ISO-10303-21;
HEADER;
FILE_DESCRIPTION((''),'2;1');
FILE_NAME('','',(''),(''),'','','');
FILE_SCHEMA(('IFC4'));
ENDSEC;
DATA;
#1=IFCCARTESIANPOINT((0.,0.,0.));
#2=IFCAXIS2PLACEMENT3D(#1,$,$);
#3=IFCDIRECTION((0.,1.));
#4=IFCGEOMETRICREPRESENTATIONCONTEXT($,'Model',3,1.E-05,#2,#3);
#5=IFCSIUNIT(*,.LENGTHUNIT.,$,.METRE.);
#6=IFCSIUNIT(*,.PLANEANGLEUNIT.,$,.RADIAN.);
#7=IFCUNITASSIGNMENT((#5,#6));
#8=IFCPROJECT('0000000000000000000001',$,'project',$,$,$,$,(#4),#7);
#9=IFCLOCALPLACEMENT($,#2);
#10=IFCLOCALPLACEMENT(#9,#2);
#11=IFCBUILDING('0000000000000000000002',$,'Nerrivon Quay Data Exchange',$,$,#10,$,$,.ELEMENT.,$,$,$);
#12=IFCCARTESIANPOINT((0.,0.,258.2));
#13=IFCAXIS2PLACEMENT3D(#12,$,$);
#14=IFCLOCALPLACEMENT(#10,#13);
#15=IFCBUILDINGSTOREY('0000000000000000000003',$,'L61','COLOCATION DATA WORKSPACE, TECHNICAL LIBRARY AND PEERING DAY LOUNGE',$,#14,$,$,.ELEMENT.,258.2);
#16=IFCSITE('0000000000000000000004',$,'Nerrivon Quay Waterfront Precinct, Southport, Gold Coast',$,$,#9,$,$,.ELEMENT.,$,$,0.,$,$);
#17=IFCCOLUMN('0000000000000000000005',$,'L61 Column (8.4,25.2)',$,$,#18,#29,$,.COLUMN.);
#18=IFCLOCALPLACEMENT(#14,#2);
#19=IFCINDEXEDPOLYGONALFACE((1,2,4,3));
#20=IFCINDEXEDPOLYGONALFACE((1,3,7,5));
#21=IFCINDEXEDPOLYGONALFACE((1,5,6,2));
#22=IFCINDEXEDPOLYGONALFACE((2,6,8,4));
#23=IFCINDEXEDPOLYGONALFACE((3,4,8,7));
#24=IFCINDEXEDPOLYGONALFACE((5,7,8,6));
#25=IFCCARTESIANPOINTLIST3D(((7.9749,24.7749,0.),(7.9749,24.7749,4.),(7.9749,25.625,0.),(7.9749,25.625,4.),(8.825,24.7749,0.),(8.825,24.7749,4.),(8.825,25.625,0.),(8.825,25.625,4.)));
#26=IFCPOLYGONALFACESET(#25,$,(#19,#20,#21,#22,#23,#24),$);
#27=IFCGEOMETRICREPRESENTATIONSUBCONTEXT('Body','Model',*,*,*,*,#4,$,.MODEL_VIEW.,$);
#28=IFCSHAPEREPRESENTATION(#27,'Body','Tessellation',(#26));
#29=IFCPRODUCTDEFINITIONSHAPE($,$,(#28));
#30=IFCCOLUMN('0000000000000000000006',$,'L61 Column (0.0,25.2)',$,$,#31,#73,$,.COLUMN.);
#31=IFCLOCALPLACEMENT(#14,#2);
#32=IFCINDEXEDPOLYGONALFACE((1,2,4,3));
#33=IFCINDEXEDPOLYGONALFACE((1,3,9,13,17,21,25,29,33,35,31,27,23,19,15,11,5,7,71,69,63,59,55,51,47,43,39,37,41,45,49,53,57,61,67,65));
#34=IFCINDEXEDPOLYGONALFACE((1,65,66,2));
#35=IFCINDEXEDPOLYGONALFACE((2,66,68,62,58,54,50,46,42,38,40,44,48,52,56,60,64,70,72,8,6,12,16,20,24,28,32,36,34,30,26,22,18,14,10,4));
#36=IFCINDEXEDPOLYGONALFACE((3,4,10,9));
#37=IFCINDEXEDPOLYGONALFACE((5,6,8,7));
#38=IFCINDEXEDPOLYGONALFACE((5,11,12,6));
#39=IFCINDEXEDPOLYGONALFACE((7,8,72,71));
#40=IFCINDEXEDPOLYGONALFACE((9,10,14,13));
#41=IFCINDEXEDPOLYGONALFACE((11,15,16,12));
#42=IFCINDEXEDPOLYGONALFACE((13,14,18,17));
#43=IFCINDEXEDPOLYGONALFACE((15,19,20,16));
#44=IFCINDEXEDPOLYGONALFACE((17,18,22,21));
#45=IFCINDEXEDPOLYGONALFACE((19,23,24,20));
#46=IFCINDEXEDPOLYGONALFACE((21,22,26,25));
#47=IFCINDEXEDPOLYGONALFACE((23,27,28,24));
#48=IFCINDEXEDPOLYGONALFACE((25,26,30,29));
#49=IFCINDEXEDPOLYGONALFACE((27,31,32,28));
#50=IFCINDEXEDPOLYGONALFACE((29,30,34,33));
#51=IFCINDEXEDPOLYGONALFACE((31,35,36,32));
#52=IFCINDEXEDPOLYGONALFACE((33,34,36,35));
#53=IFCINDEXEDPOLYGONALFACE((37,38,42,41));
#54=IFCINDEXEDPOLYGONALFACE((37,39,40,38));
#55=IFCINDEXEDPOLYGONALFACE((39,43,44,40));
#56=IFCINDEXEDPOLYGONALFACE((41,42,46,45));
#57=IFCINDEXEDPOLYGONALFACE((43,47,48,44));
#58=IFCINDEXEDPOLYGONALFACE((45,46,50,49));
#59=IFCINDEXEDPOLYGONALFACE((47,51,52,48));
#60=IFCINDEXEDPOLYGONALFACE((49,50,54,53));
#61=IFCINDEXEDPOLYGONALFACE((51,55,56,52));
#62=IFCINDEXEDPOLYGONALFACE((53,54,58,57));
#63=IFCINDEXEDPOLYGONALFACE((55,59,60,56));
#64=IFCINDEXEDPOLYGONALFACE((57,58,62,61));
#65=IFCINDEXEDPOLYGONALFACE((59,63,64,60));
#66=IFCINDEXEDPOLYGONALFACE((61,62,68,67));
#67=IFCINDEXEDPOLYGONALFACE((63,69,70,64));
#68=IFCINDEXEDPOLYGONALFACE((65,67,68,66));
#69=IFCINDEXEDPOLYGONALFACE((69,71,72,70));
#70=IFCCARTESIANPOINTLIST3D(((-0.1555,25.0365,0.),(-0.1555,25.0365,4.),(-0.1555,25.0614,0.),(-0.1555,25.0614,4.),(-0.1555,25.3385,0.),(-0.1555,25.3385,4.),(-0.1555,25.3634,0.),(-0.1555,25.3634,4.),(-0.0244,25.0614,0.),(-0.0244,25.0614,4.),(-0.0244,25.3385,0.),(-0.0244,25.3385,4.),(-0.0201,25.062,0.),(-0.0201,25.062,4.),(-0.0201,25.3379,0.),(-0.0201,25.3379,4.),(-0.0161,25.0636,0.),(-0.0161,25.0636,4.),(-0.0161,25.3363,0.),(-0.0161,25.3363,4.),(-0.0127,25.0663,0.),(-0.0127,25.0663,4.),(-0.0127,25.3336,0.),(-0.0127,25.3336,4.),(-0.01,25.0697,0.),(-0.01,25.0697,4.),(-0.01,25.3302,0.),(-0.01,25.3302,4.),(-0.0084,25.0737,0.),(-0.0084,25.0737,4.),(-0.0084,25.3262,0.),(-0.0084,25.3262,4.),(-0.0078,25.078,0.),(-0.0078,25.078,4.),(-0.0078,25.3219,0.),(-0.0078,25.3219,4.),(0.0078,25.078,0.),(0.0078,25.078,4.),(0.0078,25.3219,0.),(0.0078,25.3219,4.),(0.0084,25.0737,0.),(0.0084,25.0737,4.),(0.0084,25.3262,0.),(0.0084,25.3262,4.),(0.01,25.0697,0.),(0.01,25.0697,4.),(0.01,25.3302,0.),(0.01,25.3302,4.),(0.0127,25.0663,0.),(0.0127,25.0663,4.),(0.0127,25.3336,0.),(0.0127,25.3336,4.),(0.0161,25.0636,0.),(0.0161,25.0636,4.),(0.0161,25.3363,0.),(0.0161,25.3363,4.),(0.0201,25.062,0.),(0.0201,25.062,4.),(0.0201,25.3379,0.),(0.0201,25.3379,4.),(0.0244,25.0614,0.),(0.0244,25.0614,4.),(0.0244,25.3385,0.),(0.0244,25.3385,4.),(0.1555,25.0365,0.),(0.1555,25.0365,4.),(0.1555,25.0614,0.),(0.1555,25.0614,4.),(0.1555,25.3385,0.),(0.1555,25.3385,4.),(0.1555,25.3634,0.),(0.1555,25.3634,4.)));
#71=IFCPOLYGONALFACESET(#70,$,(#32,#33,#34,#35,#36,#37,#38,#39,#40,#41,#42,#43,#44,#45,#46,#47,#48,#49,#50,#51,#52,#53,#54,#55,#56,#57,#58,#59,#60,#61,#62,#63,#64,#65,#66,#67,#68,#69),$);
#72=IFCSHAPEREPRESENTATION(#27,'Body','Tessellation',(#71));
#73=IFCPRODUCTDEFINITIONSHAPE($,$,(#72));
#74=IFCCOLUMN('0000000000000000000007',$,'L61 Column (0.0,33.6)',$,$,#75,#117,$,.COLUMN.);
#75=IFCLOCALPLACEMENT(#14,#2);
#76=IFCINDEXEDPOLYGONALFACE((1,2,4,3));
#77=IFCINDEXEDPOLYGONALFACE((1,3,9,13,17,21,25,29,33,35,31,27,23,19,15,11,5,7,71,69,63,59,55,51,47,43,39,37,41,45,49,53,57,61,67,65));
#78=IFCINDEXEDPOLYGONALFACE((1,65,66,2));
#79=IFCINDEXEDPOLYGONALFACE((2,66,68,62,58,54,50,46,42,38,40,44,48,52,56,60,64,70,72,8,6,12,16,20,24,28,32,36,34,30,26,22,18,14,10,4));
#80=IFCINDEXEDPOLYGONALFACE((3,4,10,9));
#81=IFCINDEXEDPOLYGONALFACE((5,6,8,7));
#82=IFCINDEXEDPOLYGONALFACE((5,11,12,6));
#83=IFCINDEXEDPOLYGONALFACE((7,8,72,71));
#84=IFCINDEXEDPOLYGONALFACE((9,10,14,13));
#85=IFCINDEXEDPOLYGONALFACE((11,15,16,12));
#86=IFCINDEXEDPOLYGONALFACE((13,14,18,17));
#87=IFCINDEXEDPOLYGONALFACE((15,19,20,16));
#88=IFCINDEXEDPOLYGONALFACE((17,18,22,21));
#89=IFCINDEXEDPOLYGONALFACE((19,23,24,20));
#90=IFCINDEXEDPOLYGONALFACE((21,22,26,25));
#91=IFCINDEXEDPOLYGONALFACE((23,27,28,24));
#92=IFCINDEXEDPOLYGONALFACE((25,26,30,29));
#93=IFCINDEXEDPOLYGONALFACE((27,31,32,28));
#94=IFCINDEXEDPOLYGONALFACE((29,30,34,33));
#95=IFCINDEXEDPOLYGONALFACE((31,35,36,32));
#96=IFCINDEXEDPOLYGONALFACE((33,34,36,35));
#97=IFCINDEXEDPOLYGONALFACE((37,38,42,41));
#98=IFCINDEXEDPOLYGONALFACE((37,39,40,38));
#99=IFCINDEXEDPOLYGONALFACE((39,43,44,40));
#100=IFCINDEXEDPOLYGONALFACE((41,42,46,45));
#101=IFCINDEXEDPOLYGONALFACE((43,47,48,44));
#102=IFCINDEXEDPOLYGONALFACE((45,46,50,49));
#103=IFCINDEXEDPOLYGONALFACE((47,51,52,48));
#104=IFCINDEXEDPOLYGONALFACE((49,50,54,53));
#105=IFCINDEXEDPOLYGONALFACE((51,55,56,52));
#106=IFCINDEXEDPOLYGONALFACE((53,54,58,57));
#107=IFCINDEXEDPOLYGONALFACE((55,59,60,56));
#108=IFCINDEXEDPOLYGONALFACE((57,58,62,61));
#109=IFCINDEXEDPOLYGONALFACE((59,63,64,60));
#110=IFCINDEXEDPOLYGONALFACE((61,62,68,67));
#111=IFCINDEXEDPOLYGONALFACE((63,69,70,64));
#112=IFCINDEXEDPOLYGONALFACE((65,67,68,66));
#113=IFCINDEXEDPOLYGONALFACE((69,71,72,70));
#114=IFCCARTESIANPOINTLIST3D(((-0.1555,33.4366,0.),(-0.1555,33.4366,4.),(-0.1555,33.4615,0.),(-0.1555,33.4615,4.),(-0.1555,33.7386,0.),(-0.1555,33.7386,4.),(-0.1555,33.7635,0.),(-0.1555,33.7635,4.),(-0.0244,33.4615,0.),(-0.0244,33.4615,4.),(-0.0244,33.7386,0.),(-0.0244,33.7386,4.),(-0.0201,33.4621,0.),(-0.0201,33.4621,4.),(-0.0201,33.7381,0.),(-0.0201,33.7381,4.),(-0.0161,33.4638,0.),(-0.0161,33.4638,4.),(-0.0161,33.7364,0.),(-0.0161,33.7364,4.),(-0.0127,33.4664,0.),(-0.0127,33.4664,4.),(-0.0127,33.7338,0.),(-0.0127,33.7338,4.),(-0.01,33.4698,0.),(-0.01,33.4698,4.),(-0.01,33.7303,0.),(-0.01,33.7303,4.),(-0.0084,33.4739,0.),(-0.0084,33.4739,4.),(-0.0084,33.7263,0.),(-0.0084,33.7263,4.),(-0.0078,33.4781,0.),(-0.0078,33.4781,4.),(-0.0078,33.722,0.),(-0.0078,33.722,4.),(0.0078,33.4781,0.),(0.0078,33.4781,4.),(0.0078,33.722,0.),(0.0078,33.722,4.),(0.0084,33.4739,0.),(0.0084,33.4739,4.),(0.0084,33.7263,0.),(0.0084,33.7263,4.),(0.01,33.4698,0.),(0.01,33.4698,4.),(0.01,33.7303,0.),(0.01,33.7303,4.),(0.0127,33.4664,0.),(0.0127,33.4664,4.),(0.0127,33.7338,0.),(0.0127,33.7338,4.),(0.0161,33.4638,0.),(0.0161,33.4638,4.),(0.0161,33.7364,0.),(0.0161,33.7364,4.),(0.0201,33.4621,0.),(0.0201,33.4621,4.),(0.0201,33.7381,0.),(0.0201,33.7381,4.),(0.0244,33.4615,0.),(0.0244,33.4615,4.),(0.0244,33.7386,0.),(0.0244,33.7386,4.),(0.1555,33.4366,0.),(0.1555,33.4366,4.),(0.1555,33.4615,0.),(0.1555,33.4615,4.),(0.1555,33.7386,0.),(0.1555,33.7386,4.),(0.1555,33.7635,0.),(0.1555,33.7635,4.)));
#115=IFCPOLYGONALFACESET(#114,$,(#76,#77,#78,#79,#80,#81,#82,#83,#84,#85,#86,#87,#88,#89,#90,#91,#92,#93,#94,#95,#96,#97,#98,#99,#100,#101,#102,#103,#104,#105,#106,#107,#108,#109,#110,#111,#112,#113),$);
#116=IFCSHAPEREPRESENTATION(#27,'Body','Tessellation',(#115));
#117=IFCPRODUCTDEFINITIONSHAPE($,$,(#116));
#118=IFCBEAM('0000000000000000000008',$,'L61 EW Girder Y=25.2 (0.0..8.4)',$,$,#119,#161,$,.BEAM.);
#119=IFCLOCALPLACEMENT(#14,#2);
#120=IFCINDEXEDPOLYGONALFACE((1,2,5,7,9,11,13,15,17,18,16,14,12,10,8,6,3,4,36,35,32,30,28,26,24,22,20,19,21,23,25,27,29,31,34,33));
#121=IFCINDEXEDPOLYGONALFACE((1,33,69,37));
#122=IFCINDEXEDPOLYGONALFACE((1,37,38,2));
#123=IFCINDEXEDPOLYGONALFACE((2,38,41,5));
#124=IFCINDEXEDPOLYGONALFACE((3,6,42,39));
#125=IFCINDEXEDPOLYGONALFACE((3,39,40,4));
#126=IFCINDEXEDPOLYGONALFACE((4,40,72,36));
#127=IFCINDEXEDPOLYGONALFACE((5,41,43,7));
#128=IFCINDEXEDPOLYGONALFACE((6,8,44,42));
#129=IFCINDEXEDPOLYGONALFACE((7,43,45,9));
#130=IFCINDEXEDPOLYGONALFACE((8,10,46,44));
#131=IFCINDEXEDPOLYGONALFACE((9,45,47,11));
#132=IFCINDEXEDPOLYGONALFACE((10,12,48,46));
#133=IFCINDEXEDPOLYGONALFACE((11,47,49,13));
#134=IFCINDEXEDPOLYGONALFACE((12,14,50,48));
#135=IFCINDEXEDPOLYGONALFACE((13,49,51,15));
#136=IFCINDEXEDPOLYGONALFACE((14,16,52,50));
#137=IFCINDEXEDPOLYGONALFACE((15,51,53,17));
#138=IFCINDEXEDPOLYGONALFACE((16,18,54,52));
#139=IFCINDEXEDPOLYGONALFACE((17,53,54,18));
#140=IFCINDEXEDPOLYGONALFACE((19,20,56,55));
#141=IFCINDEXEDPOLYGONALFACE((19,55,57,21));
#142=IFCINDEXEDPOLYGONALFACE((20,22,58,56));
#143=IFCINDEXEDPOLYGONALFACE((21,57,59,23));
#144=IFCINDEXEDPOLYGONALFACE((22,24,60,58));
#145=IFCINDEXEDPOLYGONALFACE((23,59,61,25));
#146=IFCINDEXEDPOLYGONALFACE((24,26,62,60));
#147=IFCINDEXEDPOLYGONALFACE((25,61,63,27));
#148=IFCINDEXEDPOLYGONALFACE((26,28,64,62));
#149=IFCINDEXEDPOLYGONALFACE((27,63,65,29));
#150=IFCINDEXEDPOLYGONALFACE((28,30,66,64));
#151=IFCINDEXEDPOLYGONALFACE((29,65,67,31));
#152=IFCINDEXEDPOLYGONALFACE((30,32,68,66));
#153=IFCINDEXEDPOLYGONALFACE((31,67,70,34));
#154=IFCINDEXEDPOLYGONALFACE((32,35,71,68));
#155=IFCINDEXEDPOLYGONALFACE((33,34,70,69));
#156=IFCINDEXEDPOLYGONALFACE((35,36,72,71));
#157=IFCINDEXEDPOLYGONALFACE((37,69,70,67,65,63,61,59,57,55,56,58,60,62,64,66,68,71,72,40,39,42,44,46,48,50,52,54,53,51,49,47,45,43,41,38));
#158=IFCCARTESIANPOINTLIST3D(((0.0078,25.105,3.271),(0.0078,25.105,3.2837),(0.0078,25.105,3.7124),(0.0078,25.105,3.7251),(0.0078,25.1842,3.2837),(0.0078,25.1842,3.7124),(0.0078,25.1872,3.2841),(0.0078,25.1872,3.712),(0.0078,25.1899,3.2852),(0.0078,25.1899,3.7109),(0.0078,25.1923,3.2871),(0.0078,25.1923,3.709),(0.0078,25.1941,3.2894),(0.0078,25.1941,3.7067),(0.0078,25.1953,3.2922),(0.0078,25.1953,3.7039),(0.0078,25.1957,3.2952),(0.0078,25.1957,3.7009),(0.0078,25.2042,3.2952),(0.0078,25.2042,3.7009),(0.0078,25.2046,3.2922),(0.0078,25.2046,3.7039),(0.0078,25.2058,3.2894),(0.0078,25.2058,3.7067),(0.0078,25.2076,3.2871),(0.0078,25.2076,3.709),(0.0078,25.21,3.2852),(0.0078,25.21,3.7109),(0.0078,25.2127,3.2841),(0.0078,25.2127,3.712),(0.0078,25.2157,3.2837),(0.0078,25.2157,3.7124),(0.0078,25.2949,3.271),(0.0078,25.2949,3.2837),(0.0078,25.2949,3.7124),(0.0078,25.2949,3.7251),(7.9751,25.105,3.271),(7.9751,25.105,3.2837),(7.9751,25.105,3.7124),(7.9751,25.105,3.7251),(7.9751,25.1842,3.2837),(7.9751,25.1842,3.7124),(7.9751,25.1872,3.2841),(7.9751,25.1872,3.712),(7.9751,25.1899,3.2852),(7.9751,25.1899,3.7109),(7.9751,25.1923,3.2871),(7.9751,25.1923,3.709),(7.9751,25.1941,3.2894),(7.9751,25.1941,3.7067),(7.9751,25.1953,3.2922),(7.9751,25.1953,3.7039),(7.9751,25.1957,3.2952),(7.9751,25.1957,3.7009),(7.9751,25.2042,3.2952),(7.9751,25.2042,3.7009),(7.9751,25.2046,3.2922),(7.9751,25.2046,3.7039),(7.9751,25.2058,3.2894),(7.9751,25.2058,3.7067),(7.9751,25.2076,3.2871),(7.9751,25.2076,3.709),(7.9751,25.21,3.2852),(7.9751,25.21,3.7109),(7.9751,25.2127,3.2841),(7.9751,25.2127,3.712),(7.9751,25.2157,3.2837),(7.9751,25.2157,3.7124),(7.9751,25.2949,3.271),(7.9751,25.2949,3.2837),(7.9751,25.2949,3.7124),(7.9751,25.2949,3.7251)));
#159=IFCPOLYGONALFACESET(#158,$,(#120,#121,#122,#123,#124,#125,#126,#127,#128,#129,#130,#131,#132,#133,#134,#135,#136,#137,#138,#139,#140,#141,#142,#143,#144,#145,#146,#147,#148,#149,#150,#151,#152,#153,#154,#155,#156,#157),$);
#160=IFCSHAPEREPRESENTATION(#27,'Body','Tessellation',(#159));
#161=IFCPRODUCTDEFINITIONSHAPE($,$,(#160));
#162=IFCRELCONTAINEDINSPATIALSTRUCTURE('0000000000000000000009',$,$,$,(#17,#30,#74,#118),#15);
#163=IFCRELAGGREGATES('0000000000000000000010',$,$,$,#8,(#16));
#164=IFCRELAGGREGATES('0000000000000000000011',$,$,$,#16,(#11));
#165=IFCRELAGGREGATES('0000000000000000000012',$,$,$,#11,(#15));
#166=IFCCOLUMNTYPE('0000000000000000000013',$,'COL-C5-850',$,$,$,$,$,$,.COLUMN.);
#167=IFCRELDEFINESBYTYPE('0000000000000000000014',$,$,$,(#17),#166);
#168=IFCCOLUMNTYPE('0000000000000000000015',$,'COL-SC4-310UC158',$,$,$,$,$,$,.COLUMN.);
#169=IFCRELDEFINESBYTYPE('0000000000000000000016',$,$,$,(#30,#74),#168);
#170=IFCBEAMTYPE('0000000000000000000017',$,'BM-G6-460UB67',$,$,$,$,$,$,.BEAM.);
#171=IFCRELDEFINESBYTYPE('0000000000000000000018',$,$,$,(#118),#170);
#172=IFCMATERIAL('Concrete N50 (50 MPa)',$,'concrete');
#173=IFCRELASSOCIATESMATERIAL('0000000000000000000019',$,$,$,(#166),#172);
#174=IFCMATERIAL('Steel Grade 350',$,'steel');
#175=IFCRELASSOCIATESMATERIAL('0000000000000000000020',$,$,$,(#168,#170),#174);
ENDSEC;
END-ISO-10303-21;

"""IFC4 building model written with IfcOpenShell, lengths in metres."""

from ifc_helpers import new_model, si_unit, direction, frame, origin, origin_2d, place, context, subcontext, project, spatial, rectangle, i_section, extrude, material, material_profile, profile_set, type_object, element, save


model = new_model("IFC4")

# Units and contexts
model_context = context("Model", 3, precision=1e-05, world=origin(), true_north=direction((0.0, 1.0)))
body_context = subcontext(model_context, "Body", "Model", "MODEL_VIEW")
ifc_project = project(units=[si_unit("LENGTHUNIT", "METRE"), si_unit("PLANEANGLEUNIT", "RADIAN")], contexts=[model_context])

# Site, building, storey
site_placement = place(None, origin())
site = spatial("IfcSite", under=ifc_project, at=site_placement, Name="Nerrivon Quay Waterfront Precinct, Southport, Gold Coast", CompositionType="ELEMENT", RefElevation=0.0)
building_placement = place(site_placement, origin())
building = spatial("IfcBuilding", under=site, at=building_placement, Name="Nerrivon Quay Data Exchange", CompositionType="ELEMENT")
storey_placement = place(building_placement, frame((0.0, 0.0, 258.2)))
storey = spatial("IfcBuildingStorey", under=building, at=storey_placement, Name="L61", Description="COLOCATION DATA WORKSPACE, TECHNICAL LIBRARY AND PEERING DAY LOUNGE", CompositionType="ELEMENT", Elevation=258.2)

# Columns
ifc_material_1 = material(Name="Concrete N50 (50 MPa)", Category="concrete")
ifc_material_profile_1 = material_profile(ifc_material_1, rectangle(XDim=0.8501, YDim=0.8501, at=origin_2d()), Name="RC-COL-850x850")
ifc_profile_set_1 = profile_set([ifc_material_profile_1], Name="Concrete N50 (50 MPa)")
column_type_1 = type_object("IfcColumnType", Name="COL-C5-850", PredefinedType="COLUMN", material=ifc_profile_set_1)
column_placement = place(storey_placement, frame((8.3999, 25.2, 0.0), z_axis=(0.0, 0.0, 1.0), x_axis=(1.0, 0.0, 0.0)))
element("IfcColumn", 1, at=column_placement, inside=storey, type_object=column_type_1, Name="L61 Column (8.4,25.2)", PredefinedType="COLUMN", context=body_context, shape_type="SweptSolid", body=[
    extrude(rectangle(XDim=0.8501, YDim=0.8501, at=origin_2d()), origin(), (0.0, 0.0, 1.0), 4.0),
])
ifc_material_2 = material(Name="Steel Grade 350", Category="steel")
ifc_material_profile_2 = material_profile(ifc_material_2, i_section(OverallWidth=0.311, OverallDepth=0.3269, WebThickness=0.0156, FlangeThickness=0.0249, FilletRadius=0.0166, at=origin_2d()), Name="310UC158")
ifc_profile_set_2 = profile_set([ifc_material_profile_2], Name="Steel Grade 350")
column_type_2 = type_object("IfcColumnType", Name="COL-SC4-310UC158", PredefinedType="COLUMN", material=ifc_profile_set_2)
for number, where, z_axis, x_axis, name in (
    (2, (0.0, 25.2, 0.0), (0.0, 0.0, 1.0), (1.0, 0.0, 0.0), "L61 Column (0.0,25.2)"),
    (3, (0.0, 33.6001, 0.0), (0.0, 0.0, 1.0), (1.0, 0.0, 0.0), "L61 Column (0.0,33.6)"),
):
    element("IfcColumn", number, at=place(storey_placement, frame(where, z_axis=z_axis, x_axis=x_axis)), inside=storey, type_object=column_type_2, Name=name, PredefinedType="COLUMN", context=body_context, shape_type="SweptSolid", body=[
        extrude(i_section(OverallWidth=0.311, OverallDepth=0.3269, WebThickness=0.0156, FlangeThickness=0.0249, FilletRadius=0.0166, at=origin_2d()), origin(), (0.0, 0.0, 1.0), 4.0),
    ])

# Beam
ifc_material_profile_3 = material_profile(ifc_material_2, i_section(OverallWidth=0.1899, OverallDepth=0.4541, WebThickness=0.0085, FlangeThickness=0.0127, FilletRadius=0.0115, at=origin_2d()), Name="460UB67.1")
ifc_profile_set_3 = profile_set([ifc_material_profile_3], Name="Steel Grade 350")
beam_type_1 = type_object("IfcBeamType", Name="BM-G6-460UB67", PredefinedType="BEAM", material=ifc_profile_set_3)
for number, where, z_axis, x_axis, name in (
    (4, (0.0078, 25.2, 3.498), (1.0, 0.0, 0.0), (0.0, 1.0, 0.0), "L61 EW Girder Y=25.2 (0.0..8.4)"),
):
    element("IfcBeam", number, at=place(storey_placement, frame(where, z_axis=z_axis, x_axis=x_axis)), inside=storey, type_object=beam_type_1, Name=name, PredefinedType="BEAM", context=body_context, shape_type="SweptSolid", body=[
        extrude(i_section(OverallWidth=0.1899, OverallDepth=0.4541, WebThickness=0.0085, FlangeThickness=0.0127, FilletRadius=0.0115, at=origin_2d()), origin(), (0.0, 0.0, 1.0), 7.9673),
    ])

save(model, "model.ifc")
